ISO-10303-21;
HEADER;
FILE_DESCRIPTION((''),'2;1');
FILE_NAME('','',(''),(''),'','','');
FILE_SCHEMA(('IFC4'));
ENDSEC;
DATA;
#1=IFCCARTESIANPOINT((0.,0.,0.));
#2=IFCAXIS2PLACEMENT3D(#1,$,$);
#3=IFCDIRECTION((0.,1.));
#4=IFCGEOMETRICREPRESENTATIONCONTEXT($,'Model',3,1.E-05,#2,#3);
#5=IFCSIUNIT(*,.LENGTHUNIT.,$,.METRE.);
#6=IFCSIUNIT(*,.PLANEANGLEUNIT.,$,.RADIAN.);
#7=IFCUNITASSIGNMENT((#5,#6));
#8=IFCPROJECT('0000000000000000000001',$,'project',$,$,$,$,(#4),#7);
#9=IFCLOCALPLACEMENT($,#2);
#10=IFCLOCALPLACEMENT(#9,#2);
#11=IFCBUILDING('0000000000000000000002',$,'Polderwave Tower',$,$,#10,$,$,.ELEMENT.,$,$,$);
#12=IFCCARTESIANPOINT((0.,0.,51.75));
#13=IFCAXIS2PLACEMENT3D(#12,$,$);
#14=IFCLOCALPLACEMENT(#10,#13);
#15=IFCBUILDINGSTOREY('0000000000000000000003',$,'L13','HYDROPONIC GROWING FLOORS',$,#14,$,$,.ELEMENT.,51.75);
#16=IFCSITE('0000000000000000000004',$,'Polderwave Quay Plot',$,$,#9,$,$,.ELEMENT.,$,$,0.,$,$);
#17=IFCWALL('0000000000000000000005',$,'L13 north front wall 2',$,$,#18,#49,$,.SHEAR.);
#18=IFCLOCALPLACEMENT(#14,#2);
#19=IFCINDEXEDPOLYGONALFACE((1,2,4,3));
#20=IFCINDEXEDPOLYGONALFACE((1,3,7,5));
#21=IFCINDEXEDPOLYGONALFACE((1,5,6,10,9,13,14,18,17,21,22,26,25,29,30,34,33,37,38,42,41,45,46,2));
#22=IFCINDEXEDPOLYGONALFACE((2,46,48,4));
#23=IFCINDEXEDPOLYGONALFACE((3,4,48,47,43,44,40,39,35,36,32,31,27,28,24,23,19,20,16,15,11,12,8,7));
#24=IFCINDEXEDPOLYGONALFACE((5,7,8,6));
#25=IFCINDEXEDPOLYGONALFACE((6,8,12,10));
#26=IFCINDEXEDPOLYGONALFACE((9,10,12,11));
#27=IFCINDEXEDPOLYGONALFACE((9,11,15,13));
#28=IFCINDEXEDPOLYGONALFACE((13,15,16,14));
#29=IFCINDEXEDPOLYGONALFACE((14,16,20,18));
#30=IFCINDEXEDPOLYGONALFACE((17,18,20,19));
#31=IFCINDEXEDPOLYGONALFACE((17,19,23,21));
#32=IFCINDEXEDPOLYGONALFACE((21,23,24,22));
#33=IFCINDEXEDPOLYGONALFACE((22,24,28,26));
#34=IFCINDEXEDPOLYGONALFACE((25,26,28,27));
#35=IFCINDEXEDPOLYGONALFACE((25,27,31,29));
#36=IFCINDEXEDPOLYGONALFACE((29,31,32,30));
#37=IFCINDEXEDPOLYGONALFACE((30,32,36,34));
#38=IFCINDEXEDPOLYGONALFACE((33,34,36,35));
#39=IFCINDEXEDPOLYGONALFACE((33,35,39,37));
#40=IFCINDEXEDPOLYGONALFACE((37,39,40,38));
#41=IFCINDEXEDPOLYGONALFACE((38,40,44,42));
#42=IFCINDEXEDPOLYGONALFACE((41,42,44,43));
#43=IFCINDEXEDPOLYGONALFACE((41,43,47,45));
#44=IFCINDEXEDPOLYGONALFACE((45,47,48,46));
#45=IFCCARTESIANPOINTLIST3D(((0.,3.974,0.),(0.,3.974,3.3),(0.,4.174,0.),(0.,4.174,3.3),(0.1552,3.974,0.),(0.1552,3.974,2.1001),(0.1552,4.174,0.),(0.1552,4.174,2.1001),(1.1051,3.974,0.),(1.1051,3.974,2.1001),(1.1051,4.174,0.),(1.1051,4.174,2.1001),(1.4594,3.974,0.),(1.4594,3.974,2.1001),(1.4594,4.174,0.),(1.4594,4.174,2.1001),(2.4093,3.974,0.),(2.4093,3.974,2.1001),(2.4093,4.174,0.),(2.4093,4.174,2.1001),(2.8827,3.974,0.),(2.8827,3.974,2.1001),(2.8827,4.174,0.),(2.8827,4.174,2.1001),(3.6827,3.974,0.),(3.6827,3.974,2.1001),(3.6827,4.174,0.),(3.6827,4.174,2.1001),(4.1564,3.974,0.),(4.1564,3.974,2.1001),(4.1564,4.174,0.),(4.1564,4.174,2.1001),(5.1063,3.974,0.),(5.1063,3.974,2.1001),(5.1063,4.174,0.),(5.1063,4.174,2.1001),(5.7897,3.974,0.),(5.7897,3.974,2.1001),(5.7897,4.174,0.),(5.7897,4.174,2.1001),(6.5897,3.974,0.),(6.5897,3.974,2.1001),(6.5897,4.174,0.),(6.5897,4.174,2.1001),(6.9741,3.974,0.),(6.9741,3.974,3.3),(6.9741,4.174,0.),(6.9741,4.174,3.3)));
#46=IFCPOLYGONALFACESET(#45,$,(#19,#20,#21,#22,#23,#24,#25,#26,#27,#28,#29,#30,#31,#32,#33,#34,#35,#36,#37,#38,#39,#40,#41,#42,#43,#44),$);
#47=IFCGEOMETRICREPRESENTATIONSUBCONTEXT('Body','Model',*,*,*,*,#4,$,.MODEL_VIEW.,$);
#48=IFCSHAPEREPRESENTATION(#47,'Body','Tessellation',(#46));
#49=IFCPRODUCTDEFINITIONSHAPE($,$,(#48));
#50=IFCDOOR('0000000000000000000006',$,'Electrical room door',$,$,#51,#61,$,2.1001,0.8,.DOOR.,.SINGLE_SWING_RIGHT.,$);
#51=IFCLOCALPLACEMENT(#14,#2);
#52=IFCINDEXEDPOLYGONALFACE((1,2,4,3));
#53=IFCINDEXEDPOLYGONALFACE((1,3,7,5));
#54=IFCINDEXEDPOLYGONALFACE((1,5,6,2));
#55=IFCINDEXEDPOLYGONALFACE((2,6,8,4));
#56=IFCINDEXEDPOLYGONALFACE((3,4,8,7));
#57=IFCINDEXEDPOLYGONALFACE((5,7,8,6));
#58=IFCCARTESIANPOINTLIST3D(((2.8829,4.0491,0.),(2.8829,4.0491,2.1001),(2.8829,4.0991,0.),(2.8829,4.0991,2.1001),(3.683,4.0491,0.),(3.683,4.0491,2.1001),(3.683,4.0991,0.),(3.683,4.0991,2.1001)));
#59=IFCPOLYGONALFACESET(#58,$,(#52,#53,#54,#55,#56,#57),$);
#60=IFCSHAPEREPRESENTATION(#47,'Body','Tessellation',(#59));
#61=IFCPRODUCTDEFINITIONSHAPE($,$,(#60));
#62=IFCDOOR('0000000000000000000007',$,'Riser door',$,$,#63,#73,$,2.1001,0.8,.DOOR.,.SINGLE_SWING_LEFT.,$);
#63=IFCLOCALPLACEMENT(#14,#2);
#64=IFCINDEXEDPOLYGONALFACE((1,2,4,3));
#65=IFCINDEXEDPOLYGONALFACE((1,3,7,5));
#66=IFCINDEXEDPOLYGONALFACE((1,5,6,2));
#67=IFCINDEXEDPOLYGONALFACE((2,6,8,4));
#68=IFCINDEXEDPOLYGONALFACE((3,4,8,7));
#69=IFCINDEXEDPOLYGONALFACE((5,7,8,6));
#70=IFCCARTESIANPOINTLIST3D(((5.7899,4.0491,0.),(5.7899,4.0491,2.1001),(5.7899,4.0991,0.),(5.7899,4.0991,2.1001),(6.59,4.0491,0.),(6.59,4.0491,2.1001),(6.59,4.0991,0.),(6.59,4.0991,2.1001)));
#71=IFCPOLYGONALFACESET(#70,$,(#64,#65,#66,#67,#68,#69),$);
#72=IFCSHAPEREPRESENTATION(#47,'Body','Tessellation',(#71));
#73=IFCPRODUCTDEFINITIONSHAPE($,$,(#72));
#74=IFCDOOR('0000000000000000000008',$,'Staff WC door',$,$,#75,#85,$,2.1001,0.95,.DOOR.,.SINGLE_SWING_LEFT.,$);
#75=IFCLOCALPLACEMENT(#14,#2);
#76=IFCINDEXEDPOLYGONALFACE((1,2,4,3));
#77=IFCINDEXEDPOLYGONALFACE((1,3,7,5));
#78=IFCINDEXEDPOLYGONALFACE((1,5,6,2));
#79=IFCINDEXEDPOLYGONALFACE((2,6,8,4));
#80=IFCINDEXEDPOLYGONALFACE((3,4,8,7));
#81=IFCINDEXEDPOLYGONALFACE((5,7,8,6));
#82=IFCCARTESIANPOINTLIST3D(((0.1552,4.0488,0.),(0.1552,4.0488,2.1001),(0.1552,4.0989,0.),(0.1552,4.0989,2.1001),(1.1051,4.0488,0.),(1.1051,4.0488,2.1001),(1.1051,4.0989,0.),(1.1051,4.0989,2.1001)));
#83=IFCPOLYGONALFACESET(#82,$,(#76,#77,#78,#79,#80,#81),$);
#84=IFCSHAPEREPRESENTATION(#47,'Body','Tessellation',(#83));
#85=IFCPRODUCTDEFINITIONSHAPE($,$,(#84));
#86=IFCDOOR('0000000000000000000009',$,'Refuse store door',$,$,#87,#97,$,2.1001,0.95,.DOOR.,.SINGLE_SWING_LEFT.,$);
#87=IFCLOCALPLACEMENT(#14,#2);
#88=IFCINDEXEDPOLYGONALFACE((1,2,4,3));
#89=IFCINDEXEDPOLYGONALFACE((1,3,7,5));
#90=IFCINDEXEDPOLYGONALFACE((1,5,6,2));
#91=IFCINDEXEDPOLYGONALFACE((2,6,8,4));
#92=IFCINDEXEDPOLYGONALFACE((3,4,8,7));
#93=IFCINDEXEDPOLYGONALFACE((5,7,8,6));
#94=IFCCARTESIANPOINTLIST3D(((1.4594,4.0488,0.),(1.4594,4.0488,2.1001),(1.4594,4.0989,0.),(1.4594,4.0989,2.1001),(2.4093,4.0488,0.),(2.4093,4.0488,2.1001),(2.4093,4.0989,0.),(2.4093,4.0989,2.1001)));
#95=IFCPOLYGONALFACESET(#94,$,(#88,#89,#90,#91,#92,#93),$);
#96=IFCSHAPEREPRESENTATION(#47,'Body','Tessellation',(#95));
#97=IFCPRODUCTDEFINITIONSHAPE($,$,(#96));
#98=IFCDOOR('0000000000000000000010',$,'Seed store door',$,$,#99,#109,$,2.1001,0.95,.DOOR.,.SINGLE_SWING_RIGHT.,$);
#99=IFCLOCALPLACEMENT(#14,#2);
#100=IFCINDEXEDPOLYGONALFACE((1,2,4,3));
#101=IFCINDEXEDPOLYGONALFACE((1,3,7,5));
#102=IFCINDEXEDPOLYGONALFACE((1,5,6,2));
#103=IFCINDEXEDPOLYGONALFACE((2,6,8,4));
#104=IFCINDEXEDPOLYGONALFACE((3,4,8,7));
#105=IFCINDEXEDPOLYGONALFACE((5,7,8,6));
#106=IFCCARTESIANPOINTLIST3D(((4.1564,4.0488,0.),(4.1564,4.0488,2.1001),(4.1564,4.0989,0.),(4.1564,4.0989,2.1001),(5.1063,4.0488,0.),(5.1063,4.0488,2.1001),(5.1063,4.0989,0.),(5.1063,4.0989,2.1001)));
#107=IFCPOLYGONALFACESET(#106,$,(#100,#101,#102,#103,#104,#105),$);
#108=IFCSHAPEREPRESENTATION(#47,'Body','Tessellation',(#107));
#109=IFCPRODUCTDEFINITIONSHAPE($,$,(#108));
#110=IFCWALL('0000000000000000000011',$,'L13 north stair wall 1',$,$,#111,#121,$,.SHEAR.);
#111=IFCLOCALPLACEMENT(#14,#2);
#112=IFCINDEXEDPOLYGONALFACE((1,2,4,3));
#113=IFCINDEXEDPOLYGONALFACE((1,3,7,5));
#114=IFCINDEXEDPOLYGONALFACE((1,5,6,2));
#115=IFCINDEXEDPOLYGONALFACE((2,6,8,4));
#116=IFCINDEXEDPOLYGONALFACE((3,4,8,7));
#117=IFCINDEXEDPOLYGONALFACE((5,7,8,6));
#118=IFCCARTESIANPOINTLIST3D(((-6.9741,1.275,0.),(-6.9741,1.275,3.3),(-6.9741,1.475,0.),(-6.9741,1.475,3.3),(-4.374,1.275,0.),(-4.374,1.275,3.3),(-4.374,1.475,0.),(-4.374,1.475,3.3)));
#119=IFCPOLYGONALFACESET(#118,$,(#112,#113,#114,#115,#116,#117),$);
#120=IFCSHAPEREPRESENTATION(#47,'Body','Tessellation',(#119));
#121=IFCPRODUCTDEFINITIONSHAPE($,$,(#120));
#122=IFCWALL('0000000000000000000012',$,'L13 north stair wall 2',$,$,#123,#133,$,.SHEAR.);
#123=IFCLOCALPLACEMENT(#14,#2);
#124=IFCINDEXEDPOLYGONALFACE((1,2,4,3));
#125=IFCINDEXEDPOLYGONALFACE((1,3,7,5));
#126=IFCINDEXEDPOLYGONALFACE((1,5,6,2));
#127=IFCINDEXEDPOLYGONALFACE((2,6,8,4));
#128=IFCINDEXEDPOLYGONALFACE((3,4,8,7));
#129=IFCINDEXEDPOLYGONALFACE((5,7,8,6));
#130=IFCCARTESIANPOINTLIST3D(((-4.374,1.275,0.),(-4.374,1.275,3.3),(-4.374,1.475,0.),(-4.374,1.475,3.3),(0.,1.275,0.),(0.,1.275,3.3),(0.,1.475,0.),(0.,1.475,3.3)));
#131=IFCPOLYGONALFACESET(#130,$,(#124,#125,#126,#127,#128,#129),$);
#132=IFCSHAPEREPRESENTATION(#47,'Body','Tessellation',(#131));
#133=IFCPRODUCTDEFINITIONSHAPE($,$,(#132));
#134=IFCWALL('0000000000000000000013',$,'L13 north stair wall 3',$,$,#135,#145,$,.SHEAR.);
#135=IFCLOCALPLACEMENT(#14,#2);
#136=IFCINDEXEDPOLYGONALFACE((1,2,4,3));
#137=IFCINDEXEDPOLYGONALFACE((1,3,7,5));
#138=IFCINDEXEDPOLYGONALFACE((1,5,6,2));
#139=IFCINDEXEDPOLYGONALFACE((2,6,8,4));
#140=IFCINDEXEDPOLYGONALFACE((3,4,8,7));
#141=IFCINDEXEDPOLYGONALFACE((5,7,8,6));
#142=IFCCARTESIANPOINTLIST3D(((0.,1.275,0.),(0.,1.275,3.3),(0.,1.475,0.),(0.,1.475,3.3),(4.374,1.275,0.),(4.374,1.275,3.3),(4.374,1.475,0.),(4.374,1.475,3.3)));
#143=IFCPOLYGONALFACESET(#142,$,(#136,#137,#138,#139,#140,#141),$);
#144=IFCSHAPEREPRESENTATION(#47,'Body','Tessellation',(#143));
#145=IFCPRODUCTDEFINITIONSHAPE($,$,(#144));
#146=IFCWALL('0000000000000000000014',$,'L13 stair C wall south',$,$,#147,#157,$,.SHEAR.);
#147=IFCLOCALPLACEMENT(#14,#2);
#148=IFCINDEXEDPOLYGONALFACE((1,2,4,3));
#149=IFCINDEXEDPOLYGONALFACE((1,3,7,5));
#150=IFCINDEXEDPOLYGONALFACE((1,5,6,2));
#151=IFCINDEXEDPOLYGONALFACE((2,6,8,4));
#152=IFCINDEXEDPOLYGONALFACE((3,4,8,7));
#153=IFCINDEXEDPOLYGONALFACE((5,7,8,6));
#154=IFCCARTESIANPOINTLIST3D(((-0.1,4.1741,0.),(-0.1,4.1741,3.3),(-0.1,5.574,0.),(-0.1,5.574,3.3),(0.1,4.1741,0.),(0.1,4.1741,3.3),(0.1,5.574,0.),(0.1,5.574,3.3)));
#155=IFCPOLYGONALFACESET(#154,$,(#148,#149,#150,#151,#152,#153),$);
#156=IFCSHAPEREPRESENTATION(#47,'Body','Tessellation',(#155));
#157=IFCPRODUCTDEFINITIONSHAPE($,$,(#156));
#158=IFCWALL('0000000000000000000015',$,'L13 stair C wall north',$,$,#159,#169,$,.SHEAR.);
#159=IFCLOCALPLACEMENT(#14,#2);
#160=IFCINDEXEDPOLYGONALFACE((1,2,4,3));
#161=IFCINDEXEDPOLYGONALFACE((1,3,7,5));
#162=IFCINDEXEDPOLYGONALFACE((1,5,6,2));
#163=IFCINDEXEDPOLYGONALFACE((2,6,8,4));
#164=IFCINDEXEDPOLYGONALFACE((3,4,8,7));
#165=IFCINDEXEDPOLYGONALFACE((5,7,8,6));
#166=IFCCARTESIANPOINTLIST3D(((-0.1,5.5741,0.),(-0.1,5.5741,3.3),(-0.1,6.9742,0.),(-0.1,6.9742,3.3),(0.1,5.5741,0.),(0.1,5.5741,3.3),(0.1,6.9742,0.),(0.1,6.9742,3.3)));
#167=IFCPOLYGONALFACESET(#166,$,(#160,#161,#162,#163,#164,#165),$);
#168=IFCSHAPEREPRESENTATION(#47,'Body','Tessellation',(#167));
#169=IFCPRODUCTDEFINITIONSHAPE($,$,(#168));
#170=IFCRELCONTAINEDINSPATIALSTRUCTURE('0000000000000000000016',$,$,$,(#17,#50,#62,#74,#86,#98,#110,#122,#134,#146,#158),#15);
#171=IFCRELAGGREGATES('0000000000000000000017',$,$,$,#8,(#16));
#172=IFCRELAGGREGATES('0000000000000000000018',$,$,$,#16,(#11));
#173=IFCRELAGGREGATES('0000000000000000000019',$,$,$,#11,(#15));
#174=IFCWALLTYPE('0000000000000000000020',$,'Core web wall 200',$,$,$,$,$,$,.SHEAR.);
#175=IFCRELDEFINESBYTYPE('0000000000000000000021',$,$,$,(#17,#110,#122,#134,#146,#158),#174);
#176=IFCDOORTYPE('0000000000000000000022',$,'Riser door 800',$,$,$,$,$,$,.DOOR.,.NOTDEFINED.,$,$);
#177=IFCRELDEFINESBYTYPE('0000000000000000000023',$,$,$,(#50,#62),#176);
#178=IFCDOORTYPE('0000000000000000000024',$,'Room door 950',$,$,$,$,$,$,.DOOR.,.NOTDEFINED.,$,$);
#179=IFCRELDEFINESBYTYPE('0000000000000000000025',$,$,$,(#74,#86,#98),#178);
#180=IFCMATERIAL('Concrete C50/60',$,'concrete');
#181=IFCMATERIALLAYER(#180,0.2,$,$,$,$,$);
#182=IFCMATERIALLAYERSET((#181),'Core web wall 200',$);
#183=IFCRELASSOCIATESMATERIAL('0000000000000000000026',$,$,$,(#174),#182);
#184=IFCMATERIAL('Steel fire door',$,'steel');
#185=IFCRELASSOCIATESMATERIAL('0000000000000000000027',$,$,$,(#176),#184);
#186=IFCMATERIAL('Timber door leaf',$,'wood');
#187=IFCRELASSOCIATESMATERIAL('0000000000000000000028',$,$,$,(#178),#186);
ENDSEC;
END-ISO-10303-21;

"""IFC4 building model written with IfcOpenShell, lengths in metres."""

from ifc_helpers import new_model, si_unit, direction, frame, frame_2d, origin, place, context, subcontext, project, spatial, rectangle, extrude, material, layer, layer_set, type_object, element, fill, save


model = new_model("IFC4")

# Units and contexts
model_context = context("Model", 3, precision=1e-05, world=origin(), true_north=direction((0.0, 1.0)))
body_context = subcontext(model_context, "Body", "Model", "MODEL_VIEW")
ifc_project = project(units=[si_unit("LENGTHUNIT", "METRE"), si_unit("PLANEANGLEUNIT", "RADIAN")], contexts=[model_context])

# Site, building, storey
site_placement = place(None, origin())
site = spatial("IfcSite", under=ifc_project, at=site_placement, Name="Polderwave Quay Plot", CompositionType="ELEMENT", RefElevation=0.0)
building_placement = place(site_placement, origin())
building = spatial("IfcBuilding", under=site, at=building_placement, Name="Polderwave Tower", CompositionType="ELEMENT")
storey_placement = place(building_placement, frame((0.0, 0.0, 51.75)))
storey = spatial("IfcBuildingStorey", under=building, at=storey_placement, Name="L13", Description="HYDROPONIC GROWING FLOORS", CompositionType="ELEMENT", Elevation=51.75)

# Shared definitions
ifc_material_1 = material(Name="Steel fire door", Category="steel")

# Shared definitions
ifc_material_2 = material(Name="Concrete C50/60", Category="concrete")
ifc_layer_1 = layer(ifc_material_2, 0.2)
ifc_layer_set_1 = layer_set([ifc_layer_1], Name="Core web wall 200")
wall_type_1 = type_object("IfcWallType", Name="Core web wall 200", PredefinedType="SHEAR", material=ifc_layer_set_1)

# Wall, openings, doors
wall_1_placement = place(storey_placement, frame((0.0, 4.074, 0.0), z_axis=(0.0, 0.0, 1.0), x_axis=(1.0, 0.0, 0.0)))
wall_1 = element("IfcWall", 1, at=wall_1_placement, inside=storey, type_object=wall_type_1, Name="L13 north front wall 2", PredefinedType="SHEAR", context=body_context, shape_type="SweptSolid", body=[
    extrude(rectangle(XDim=6.9741, YDim=0.2, at=frame_2d((3.4871, 0.0))), origin(), (0.0, 0.0, 1.0), 3.3),
])
opening_1_placement = place(wall_1_placement, frame((0.155, 0.0, 0.0)))
opening_1 = element("IfcOpeningElement", 2, at=opening_1_placement, cuts=wall_1, PredefinedType="OPENING", context=body_context, shape_type="SweptSolid", body=[
    extrude(rectangle(XDim=0.95, YDim=2.1001, at=frame_2d((0.4751, 1.05))), frame((0.0, 0.1099, 0.0), z_axis=(0.0, -1.0, 0.0), x_axis=(1.0, 0.0, 0.0)), (0.0, 0.0, 1.0), 0.22),
])
opening_2_placement = place(wall_1_placement, frame((1.4592, 0.0, 0.0)))
opening_2 = element("IfcOpeningElement", 3, at=opening_2_placement, cuts=wall_1, PredefinedType="OPENING", context=body_context, shape_type="SweptSolid", body=[
    extrude(rectangle(XDim=0.95, YDim=2.1001, at=frame_2d((0.4751, 1.05))), frame((0.0, 0.1099, 0.0), z_axis=(0.0, -1.0, 0.0), x_axis=(1.0, 0.0, 0.0)), (0.0, 0.0, 1.0), 0.22),
])
opening_3_placement = place(wall_1_placement, frame((2.8828, 0.0, 0.0)))
opening_3 = element("IfcOpeningElement", 4, at=opening_3_placement, cuts=wall_1, PredefinedType="OPENING", context=body_context, shape_type="SweptSolid", body=[
    extrude(rectangle(XDim=0.8, YDim=2.1001, at=frame_2d((0.3999, 1.05))), frame((0.0, 0.1099, 0.0), z_axis=(0.0, -1.0, 0.0), x_axis=(1.0, 0.0, 0.0)), (0.0, 0.0, 1.0), 0.22),
])
opening_4_placement = place(wall_1_placement, frame((4.1562, 0.0, 0.0)))
opening_4 = element("IfcOpeningElement", 5, at=opening_4_placement, cuts=wall_1, PredefinedType="OPENING", context=body_context, shape_type="SweptSolid", body=[
    extrude(rectangle(XDim=0.95, YDim=2.1001, at=frame_2d((0.4751, 1.05))), frame((0.0, 0.1099, 0.0), z_axis=(0.0, -1.0, 0.0), x_axis=(1.0, 0.0, 0.0)), (0.0, 0.0, 1.0), 0.22),
])
opening_5_placement = place(wall_1_placement, frame((5.7898, 0.0, 0.0)))
opening_5 = element("IfcOpeningElement", 6, at=opening_5_placement, cuts=wall_1, PredefinedType="OPENING", context=body_context, shape_type="SweptSolid", body=[
    extrude(rectangle(XDim=0.8, YDim=2.1001, at=frame_2d((0.3999, 1.05))), frame((0.0, 0.1099, 0.0), z_axis=(0.0, -1.0, 0.0), x_axis=(1.0, 0.0, 0.0)), (0.0, 0.0, 1.0), 0.22),
])
door_type_1 = type_object("IfcDoorType", Name="Riser door 800", OperationType="NOTDEFINED", PredefinedType="DOOR", material=ifc_material_1)
door_1_placement = place(opening_3_placement, frame((0.8, 0.0, 0.0), z_axis=(0.0, 0.0, 1.0), x_axis=(-1.0, 0.0, 0.0)))
door_1 = element("IfcDoor", 7, at=door_1_placement, inside=storey, type_object=door_type_1, Name="Electrical room door", OperationType="SINGLE_SWING_RIGHT", OverallHeight=2.1001, OverallWidth=0.8, PredefinedType="DOOR", context=body_context, shape_type="SweptSolid", body=[
    extrude(rectangle(XDim=0.8, YDim=2.1001, at=frame_2d((0.3999, 1.05))), frame((0.0, 0.0249, 0.0), z_axis=(0.0, -1.0, 0.0), x_axis=(1.0, 0.0, 0.0)), (0.0, 0.0, 1.0), 0.05),
])
fill(opening_3, door_1)
door_2_placement = place(opening_5_placement, frame((0.8, 0.0, 0.0), z_axis=(0.0, 0.0, 1.0), x_axis=(-1.0, 0.0, 0.0)))
door_2 = element("IfcDoor", 8, at=door_2_placement, inside=storey, type_object=door_type_1, Name="Riser door", OperationType="SINGLE_SWING_LEFT", OverallHeight=2.1001, OverallWidth=0.8, PredefinedType="DOOR", context=body_context, shape_type="SweptSolid", body=[
    extrude(rectangle(XDim=0.8, YDim=2.1001, at=frame_2d((0.3999, 1.05))), frame((0.0, 0.0249, 0.0), z_axis=(0.0, -1.0, 0.0), x_axis=(1.0, 0.0, 0.0)), (0.0, 0.0, 1.0), 0.05),
])
fill(opening_5, door_2)
ifc_material_3 = material(Name="Timber door leaf", Category="wood")
door_type_2 = type_object("IfcDoorType", Name="Room door 950", OperationType="NOTDEFINED", PredefinedType="DOOR", material=ifc_material_3)
door_3_placement = place(opening_1_placement, origin())
door_3 = element("IfcDoor", 9, at=door_3_placement, inside=storey, type_object=door_type_2, Name="Staff WC door", OperationType="SINGLE_SWING_LEFT", OverallHeight=2.1001, OverallWidth=0.95, PredefinedType="DOOR", context=body_context, shape_type="SweptSolid", body=[
    extrude(rectangle(XDim=0.95, YDim=2.1001, at=frame_2d((0.4751, 1.05))), frame((0.0, 0.0249, 0.0), z_axis=(0.0, -1.0, 0.0), x_axis=(1.0, 0.0, 0.0)), (0.0, 0.0, 1.0), 0.05),
])
fill(opening_1, door_3)
door_4_placement = place(opening_2_placement, origin())
door_4 = element("IfcDoor", 10, at=door_4_placement, inside=storey, type_object=door_type_2, Name="Refuse store door", OperationType="SINGLE_SWING_LEFT", OverallHeight=2.1001, OverallWidth=0.95, PredefinedType="DOOR", context=body_context, shape_type="SweptSolid", body=[
    extrude(rectangle(XDim=0.95, YDim=2.1001, at=frame_2d((0.4751, 1.05))), frame((0.0, 0.0249, 0.0), z_axis=(0.0, -1.0, 0.0), x_axis=(1.0, 0.0, 0.0)), (0.0, 0.0, 1.0), 0.05),
])
fill(opening_2, door_4)
door_5_placement = place(opening_4_placement, origin())
door_5 = element("IfcDoor", 11, at=door_5_placement, inside=storey, type_object=door_type_2, Name="Seed store door", OperationType="SINGLE_SWING_RIGHT", OverallHeight=2.1001, OverallWidth=0.95, PredefinedType="DOOR", context=body_context, shape_type="SweptSolid", body=[
    extrude(rectangle(XDim=0.95, YDim=2.1001, at=frame_2d((0.4751, 1.05))), frame((0.0, 0.0249, 0.0), z_axis=(0.0, -1.0, 0.0), x_axis=(1.0, 0.0, 0.0)), (0.0, 0.0, 1.0), 0.05),
])
fill(opening_4, door_5)

# Walls
wall_2_placement = place(storey_placement, frame((-6.9741, 1.375, 0.0), z_axis=(0.0, 0.0, 1.0), x_axis=(1.0, 0.0, 0.0)))
element("IfcWall", 12, at=wall_2_placement, inside=storey, type_object=wall_type_1, Name="L13 north stair wall 1", PredefinedType="SHEAR", context=body_context, shape_type="SweptSolid", body=[
    extrude(rectangle(XDim=2.6001, YDim=0.2, at=frame_2d((1.3, 0.0))), origin(), (0.0, 0.0, 1.0), 3.3),
])
for number, where, z_axis, x_axis, name in (
    (13, (-4.374, 1.375, 0.0), (0.0, 0.0, 1.0), (1.0, 0.0, 0.0), "L13 north stair wall 2"),
    (14, (0.0, 1.375, 0.0), (0.0, 0.0, 1.0), (1.0, 0.0, 0.0), "L13 north stair wall 3"),
):
    element("IfcWall", number, at=place(storey_placement, frame(where, z_axis=z_axis, x_axis=x_axis)), inside=storey, type_object=wall_type_1, Name=name, PredefinedType="SHEAR", context=body_context, shape_type="SweptSolid", body=[
        extrude(rectangle(XDim=4.374, YDim=0.2, at=frame_2d((2.187, 0.0))), origin(), (0.0, 0.0, 1.0), 3.3),
    ])
wall_3_placement = place(storey_placement, frame((0.0, 4.1741, 0.0), z_axis=(0.0, 0.0, 1.0), x_axis=(0.0, 1.0, 0.0)))
element("IfcWall", 15, at=wall_3_placement, inside=storey, type_object=wall_type_1, Name="L13 stair C wall south", PredefinedType="SHEAR", context=body_context, shape_type="SweptSolid", body=[
    extrude(rectangle(XDim=1.3999, YDim=0.2, at=frame_2d((0.7, 0.0))), origin(), (0.0, 0.0, 1.0), 3.3),
])
wall_4_placement = place(storey_placement, frame((0.0, 5.574, 0.0), z_axis=(0.0, 0.0, 1.0), x_axis=(0.0, 1.0, 0.0)))
element("IfcWall", 16, at=wall_4_placement, inside=storey, type_object=wall_type_1, Name="L13 stair C wall north", PredefinedType="SHEAR", context=body_context, shape_type="SweptSolid", body=[
    extrude(rectangle(XDim=1.4001, YDim=0.2, at=frame_2d((0.7002, 0.0))), origin(), (0.0, 0.0, 1.0), 3.3),
])

save(model, "model.ifc")
